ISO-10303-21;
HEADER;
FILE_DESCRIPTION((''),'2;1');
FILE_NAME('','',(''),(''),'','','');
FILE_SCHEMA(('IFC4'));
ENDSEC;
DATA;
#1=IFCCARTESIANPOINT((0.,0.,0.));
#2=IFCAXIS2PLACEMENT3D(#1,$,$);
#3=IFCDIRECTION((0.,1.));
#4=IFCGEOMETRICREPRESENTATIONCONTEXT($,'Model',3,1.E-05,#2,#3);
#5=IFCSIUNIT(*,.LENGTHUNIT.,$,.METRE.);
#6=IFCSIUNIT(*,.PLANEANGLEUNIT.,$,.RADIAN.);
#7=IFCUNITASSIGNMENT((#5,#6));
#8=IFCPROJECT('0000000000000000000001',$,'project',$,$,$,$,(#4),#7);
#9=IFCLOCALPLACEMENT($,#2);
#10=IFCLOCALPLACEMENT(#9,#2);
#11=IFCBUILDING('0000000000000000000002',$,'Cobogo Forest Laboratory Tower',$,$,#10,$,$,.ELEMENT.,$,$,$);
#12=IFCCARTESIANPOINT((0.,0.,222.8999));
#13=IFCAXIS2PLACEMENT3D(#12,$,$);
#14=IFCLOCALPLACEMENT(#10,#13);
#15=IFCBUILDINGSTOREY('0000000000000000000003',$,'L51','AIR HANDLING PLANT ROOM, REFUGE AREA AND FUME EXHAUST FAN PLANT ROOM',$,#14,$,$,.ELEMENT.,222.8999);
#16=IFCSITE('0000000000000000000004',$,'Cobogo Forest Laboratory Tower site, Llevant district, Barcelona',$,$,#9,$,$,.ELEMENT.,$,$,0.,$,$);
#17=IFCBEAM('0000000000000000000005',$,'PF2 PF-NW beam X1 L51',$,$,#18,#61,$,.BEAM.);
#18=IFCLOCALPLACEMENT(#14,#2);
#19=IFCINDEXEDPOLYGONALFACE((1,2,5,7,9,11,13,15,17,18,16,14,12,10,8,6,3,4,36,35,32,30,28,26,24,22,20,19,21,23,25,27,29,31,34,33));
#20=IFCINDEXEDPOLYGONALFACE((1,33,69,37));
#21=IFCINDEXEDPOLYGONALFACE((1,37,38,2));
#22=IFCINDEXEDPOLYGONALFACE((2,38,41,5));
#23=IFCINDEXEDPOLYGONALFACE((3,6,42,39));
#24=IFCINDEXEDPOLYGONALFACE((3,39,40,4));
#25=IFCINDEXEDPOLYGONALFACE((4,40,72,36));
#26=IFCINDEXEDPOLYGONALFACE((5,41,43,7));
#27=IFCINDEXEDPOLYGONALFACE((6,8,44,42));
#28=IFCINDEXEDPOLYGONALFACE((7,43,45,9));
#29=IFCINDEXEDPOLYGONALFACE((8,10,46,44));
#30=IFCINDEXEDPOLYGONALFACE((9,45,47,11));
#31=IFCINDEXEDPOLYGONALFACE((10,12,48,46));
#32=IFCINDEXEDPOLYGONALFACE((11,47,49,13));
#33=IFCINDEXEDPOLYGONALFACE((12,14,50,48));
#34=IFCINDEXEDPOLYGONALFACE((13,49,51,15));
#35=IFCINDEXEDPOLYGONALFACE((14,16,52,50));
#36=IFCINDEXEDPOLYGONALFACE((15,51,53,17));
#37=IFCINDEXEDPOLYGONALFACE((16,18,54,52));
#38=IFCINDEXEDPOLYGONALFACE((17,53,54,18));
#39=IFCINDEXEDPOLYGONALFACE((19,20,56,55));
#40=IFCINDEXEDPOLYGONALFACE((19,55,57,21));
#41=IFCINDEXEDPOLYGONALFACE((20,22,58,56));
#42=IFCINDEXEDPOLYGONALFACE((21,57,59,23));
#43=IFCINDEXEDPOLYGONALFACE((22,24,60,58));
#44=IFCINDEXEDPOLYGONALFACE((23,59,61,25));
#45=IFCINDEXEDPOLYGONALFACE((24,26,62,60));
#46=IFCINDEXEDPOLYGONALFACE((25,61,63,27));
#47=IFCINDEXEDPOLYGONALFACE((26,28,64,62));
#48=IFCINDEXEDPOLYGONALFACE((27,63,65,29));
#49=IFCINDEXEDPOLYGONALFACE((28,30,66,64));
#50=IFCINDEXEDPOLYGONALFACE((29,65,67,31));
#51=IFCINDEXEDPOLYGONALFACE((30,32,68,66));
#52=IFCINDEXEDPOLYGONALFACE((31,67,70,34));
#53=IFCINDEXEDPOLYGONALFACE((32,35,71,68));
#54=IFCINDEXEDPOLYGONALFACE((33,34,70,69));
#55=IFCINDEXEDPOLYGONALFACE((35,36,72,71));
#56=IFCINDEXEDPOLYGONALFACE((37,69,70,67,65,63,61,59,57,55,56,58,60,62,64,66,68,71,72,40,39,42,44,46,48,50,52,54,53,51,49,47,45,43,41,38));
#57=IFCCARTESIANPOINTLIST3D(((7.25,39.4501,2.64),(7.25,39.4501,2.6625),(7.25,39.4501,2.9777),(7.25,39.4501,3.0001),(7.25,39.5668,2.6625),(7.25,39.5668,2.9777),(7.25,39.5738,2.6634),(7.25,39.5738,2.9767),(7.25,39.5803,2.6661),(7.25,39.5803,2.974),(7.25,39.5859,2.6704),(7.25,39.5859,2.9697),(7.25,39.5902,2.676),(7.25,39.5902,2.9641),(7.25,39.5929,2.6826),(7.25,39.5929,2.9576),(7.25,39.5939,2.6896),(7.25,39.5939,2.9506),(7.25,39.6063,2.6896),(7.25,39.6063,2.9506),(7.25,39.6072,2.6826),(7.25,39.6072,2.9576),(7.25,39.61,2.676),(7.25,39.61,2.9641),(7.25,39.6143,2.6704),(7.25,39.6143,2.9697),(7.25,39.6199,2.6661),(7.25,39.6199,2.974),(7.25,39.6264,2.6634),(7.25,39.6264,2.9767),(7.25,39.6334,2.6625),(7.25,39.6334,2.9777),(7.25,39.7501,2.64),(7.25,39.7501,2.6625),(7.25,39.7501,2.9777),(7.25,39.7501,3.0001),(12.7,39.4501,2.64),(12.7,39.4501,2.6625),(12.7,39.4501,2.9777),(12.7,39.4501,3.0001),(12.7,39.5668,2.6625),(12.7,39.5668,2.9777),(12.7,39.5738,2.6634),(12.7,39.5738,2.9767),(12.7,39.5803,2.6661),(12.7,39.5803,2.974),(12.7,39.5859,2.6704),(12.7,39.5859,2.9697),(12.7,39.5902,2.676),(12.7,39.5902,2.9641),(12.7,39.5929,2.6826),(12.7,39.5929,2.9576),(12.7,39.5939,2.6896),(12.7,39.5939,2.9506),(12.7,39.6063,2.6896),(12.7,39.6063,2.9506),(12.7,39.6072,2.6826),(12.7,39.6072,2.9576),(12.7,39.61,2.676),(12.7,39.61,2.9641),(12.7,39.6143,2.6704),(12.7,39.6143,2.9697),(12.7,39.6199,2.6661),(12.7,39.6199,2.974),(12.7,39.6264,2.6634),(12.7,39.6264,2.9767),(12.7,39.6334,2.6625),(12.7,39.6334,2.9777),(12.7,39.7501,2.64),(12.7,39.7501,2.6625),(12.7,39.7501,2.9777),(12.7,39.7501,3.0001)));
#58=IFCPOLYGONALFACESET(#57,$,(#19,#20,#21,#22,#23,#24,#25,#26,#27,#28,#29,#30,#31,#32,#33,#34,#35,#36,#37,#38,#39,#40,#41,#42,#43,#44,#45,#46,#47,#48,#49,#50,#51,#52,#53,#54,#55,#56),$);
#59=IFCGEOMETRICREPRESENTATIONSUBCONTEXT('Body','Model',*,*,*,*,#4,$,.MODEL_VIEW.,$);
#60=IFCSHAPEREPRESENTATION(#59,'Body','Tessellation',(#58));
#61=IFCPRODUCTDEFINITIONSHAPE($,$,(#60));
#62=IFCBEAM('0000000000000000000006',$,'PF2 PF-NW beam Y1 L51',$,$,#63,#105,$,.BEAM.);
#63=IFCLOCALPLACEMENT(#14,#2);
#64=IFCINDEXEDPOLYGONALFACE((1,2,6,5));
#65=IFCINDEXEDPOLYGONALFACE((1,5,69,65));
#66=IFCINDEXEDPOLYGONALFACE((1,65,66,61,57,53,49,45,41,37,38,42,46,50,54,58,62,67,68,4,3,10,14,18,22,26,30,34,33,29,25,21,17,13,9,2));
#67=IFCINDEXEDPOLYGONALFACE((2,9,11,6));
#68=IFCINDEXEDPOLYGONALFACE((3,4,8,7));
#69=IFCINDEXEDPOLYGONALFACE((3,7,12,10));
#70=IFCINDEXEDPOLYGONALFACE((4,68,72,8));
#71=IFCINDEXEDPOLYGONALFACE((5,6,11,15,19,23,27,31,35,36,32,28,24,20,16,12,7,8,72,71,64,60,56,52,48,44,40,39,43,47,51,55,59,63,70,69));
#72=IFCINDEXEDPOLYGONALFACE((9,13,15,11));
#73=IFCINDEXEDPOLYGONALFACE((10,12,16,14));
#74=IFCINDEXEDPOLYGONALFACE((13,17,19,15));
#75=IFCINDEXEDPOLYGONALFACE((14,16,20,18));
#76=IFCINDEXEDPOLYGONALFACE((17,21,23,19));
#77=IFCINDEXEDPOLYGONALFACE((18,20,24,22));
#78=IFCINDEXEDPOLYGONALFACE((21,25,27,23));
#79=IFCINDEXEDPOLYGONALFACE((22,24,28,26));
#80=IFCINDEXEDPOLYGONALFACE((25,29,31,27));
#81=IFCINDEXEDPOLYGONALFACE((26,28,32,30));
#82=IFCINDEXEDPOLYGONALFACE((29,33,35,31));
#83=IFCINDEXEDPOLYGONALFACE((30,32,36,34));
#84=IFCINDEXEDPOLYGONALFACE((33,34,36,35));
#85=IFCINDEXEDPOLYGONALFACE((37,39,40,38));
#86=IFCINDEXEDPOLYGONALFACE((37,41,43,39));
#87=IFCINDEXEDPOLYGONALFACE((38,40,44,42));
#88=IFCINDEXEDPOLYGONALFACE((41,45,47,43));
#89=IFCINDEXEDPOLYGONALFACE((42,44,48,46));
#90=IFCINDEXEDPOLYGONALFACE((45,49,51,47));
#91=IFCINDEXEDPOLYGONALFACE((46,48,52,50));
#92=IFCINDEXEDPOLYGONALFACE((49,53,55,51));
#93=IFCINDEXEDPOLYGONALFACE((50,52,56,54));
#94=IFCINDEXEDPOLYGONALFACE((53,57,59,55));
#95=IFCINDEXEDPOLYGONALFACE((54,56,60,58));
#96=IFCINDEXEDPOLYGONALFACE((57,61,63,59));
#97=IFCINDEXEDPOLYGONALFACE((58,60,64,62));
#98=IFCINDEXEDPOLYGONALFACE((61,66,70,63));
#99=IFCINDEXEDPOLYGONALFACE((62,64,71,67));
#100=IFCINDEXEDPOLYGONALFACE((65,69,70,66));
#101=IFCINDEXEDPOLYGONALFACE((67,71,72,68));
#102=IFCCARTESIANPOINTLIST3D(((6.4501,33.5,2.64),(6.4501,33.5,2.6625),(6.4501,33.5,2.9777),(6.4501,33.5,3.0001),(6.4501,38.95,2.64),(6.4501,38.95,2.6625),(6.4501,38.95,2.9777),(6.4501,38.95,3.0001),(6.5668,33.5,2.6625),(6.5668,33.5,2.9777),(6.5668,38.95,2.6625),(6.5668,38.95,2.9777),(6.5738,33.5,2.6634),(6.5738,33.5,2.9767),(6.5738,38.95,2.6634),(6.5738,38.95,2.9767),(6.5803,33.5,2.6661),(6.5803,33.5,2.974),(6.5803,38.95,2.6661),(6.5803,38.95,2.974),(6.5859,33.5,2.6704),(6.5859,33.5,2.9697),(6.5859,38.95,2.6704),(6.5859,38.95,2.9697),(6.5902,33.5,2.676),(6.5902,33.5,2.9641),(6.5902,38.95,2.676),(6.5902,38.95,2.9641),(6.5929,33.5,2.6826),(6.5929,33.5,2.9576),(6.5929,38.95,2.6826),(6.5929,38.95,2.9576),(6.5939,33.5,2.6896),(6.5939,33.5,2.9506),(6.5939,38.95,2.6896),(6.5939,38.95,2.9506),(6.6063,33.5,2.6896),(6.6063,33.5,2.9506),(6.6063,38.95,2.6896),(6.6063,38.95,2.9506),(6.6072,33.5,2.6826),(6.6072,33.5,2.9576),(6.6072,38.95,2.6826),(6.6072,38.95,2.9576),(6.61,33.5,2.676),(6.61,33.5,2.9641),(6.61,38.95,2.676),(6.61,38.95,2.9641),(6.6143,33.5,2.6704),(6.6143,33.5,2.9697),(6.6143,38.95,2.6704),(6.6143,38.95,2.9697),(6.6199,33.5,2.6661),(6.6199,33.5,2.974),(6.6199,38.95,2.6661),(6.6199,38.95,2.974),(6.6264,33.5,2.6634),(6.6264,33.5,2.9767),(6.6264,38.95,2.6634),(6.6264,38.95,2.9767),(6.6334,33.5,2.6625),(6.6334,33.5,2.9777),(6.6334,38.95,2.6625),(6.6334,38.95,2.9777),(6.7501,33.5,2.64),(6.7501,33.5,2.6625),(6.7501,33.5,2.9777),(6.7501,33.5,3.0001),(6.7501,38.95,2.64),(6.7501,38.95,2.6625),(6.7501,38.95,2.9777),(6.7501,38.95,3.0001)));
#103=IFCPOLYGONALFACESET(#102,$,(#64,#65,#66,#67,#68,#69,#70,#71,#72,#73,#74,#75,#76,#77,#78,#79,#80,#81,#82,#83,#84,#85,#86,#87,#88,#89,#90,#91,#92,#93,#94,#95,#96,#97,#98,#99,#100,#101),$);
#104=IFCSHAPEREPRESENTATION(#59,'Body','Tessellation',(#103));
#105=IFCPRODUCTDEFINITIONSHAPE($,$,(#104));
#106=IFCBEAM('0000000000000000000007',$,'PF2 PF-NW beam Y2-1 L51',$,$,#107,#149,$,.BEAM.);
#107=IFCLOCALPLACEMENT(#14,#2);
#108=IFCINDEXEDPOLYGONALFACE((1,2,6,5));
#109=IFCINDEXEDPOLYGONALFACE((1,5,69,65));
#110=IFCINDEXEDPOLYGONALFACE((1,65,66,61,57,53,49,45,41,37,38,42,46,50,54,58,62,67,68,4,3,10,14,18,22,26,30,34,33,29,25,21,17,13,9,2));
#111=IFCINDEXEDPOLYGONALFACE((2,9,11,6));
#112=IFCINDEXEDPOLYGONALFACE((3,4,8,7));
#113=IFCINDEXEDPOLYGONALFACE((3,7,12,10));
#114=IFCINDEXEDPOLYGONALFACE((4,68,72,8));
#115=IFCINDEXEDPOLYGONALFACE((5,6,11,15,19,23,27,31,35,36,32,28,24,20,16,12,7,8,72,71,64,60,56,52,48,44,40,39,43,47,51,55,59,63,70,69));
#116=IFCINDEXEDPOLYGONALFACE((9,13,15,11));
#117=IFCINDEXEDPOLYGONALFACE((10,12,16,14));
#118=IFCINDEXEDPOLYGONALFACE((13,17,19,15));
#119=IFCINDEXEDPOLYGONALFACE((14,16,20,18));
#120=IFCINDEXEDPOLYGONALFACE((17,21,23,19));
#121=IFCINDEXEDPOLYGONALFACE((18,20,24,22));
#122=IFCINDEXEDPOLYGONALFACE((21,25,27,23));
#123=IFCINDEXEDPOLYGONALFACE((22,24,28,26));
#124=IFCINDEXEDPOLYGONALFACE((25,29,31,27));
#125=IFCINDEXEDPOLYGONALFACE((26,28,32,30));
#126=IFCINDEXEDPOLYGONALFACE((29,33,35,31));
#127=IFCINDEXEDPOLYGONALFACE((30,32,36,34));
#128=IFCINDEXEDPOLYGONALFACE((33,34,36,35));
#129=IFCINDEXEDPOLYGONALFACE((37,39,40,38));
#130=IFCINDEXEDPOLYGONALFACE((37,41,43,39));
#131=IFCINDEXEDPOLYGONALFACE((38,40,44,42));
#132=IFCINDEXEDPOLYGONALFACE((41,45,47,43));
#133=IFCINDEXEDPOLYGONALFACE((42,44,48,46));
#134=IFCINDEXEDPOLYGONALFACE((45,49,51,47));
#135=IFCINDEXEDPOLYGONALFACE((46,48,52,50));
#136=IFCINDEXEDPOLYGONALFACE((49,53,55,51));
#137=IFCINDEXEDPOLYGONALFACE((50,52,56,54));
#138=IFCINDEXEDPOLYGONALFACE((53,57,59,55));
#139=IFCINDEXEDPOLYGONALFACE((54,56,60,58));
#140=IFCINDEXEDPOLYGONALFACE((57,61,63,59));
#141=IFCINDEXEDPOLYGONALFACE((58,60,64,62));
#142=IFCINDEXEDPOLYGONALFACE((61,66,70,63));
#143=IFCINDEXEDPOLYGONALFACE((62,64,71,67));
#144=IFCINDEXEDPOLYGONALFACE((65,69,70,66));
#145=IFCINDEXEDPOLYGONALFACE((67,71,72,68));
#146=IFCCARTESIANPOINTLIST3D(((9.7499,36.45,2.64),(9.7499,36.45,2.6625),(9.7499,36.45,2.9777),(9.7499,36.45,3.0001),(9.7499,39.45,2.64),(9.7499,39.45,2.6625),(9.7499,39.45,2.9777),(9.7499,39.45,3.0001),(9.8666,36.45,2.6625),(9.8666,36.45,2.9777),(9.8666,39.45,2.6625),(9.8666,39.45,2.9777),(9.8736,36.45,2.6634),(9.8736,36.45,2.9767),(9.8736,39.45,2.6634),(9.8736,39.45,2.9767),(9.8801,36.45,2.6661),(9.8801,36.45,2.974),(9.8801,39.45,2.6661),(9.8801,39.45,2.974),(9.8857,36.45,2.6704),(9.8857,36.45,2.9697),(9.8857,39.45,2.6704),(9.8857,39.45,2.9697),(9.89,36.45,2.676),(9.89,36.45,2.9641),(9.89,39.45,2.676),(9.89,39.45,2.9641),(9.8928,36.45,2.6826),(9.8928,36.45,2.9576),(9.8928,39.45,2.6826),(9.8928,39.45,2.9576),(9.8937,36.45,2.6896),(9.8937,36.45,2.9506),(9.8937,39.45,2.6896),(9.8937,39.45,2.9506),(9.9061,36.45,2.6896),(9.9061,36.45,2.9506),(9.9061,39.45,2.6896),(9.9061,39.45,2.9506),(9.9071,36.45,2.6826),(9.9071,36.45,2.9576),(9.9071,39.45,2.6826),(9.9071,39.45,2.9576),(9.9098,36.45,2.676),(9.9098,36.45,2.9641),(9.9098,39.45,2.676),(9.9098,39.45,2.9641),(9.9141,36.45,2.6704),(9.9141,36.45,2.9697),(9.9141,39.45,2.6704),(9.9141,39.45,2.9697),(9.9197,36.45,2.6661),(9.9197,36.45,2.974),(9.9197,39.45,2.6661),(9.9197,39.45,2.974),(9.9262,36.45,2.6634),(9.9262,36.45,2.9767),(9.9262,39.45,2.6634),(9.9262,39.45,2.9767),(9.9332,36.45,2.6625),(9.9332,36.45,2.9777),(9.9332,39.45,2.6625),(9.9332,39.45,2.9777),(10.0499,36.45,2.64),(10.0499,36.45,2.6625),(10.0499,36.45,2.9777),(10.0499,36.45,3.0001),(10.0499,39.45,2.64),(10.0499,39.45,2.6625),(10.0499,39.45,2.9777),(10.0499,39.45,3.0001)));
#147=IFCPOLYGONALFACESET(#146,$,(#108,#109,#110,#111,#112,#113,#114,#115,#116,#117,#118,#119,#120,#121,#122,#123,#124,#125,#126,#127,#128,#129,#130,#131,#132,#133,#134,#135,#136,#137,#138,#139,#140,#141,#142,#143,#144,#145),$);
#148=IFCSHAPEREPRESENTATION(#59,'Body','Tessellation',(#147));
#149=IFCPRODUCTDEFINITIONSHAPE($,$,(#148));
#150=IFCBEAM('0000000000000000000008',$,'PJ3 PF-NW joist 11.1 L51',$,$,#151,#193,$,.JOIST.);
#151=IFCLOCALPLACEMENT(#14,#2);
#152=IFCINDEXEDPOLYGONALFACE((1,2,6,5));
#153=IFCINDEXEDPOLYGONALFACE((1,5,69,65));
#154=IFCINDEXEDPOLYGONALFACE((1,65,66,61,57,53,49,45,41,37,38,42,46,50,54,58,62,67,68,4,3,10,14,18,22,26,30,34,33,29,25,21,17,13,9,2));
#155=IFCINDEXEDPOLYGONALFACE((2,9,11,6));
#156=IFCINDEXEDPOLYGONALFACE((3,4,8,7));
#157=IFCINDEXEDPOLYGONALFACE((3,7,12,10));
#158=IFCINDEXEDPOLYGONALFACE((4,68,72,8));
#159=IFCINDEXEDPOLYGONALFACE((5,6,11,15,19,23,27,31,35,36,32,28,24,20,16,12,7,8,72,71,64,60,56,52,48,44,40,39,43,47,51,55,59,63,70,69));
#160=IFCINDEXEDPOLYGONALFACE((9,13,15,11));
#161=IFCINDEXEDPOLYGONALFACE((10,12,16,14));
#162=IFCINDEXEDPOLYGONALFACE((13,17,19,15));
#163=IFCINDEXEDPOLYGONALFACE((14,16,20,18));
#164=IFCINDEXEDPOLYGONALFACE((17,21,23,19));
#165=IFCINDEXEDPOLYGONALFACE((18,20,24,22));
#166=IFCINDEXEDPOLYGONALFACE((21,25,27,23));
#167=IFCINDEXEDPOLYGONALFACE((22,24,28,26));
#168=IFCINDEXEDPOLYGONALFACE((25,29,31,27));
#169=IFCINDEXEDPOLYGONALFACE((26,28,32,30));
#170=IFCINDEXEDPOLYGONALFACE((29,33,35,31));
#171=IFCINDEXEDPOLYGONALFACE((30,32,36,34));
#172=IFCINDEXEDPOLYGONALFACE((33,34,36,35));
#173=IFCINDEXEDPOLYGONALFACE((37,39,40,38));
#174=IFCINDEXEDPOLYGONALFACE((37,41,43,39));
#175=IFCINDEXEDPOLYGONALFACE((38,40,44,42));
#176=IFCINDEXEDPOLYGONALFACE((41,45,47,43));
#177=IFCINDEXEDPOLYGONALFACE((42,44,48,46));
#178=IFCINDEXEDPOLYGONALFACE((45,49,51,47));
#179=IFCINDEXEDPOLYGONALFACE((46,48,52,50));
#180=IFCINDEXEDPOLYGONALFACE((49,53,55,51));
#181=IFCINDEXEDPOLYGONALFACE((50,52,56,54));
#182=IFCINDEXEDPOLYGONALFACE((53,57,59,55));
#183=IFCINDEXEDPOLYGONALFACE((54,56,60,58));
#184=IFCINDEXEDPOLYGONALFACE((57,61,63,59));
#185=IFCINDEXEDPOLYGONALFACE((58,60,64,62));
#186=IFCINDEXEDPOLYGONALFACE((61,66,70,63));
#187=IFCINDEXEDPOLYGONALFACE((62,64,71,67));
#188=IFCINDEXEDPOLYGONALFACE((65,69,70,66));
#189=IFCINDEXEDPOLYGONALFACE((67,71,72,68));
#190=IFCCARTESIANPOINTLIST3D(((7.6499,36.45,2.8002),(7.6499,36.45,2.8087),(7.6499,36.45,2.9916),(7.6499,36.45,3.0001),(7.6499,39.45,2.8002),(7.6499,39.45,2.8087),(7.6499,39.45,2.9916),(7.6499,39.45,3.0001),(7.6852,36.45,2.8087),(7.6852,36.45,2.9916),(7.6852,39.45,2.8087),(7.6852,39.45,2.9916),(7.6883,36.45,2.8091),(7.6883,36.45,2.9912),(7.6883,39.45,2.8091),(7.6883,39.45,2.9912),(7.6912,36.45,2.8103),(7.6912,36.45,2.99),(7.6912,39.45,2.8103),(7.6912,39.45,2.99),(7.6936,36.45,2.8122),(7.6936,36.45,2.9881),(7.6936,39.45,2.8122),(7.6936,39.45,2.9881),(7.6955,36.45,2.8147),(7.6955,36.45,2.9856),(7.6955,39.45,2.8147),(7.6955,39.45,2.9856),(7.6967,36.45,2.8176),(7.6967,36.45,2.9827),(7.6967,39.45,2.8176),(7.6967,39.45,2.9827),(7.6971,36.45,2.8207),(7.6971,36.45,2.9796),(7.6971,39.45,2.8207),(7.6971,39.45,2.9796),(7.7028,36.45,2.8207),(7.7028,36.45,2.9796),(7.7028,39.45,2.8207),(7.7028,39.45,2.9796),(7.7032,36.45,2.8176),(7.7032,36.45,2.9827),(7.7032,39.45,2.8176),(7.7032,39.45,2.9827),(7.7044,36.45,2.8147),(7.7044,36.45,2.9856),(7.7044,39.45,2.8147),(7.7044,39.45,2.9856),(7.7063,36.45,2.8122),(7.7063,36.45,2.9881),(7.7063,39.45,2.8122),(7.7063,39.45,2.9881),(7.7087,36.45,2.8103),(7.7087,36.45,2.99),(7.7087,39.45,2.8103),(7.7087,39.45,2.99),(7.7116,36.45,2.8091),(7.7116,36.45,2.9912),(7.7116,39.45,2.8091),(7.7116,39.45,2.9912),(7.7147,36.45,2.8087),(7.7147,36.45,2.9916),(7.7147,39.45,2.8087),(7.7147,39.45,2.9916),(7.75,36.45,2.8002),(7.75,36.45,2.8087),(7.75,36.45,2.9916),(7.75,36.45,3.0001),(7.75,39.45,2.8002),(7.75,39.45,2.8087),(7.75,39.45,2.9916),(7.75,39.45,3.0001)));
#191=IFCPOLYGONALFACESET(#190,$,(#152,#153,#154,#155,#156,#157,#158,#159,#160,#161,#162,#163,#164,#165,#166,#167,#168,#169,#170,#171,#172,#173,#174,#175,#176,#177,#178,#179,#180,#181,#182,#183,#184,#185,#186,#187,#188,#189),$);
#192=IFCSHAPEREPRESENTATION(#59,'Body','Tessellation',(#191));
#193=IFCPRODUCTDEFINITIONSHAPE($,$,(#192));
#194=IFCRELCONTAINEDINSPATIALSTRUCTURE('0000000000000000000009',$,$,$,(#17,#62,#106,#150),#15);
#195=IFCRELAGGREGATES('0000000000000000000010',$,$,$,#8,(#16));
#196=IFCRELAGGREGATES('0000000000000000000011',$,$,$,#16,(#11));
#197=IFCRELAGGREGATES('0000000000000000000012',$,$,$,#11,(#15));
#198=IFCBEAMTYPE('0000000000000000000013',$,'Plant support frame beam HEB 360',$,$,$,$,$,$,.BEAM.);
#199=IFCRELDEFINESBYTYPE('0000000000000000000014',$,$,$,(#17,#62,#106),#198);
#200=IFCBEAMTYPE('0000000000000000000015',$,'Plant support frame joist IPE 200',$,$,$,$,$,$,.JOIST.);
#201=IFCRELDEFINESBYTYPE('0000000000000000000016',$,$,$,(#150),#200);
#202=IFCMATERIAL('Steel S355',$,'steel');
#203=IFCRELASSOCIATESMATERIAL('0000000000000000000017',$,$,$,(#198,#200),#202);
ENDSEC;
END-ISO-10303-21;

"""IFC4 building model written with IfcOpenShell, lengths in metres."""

from ifc_helpers import new_model, si_unit, direction, frame, origin, origin_2d, place, context, subcontext, project, spatial, i_section, extrude, material, material_profile, profile_set, type_object, element, save


model = new_model("IFC4")

# Units and contexts
model_context = context("Model", 3, precision=1e-05, world=origin(), true_north=direction((0.0, 1.0)))
body_context = subcontext(model_context, "Body", "Model", "MODEL_VIEW")
ifc_project = project(units=[si_unit("LENGTHUNIT", "METRE"), si_unit("PLANEANGLEUNIT", "RADIAN")], contexts=[model_context])

# Site, building, storey
site_placement = place(None, origin())
site = spatial("IfcSite", under=ifc_project, at=site_placement, Name="Cobogo Forest Laboratory Tower site, Llevant district, Barcelona", CompositionType="ELEMENT", RefElevation=0.0)
building_placement = place(site_placement, origin())
building = spatial("IfcBuilding", under=site, at=building_placement, Name="Cobogo Forest Laboratory Tower", CompositionType="ELEMENT")
storey_placement = place(building_placement, frame((0.0, 0.0, 222.8999)))
storey = spatial("IfcBuildingStorey", under=building, at=storey_placement, Name="L51", Description="AIR HANDLING PLANT ROOM, REFUGE AREA AND FUME EXHAUST FAN PLANT ROOM", CompositionType="ELEMENT", Elevation=222.8999)

# Shared definitions
ifc_material_1 = material(Name="Steel S355", Category="steel")

# Beams
ifc_material_profile_1 = material_profile(ifc_material_1, i_section(OverallWidth=0.3, OverallDepth=0.3601, WebThickness=0.0125, FlangeThickness=0.0225, FilletRadius=0.0271, at=origin_2d()), Name="HEB 360")
ifc_profile_set_1 = profile_set([ifc_material_profile_1], Name="Steel S355")
beam_type_1 = type_object("IfcBeamType", Name="Plant support frame beam HEB 360", PredefinedType="BEAM", material=ifc_profile_set_1)
for number, where, z_axis, x_axis, name in (
    (1, (7.25, 39.6001, 2.8201), (1.0, 0.0, 0.0), (0.0, 1.0, 0.0), "PF2 PF-NW beam X1 L51"),
    (2, (6.6001, 38.95, 2.8201), (0.0, -1.0, 0.0), (1.0, 0.0, 0.0), "PF2 PF-NW beam Y1 L51"),
):
    element("IfcBeam", number, at=place(storey_placement, frame(where, z_axis=z_axis, x_axis=x_axis)), inside=storey, type_object=beam_type_1, Name=name, PredefinedType="BEAM", context=body_context, shape_type="SweptSolid", body=[
        extrude(i_section(OverallWidth=0.3, OverallDepth=0.3601, WebThickness=0.0125, FlangeThickness=0.0225, FilletRadius=0.0271, at=origin_2d()), origin(), (0.0, 0.0, 1.0), 5.45),
    ])
beam_1_placement = place(storey_placement, frame((9.8999, 39.45, 2.8201), z_axis=(0.0, -1.0, 0.0), x_axis=(1.0, 0.0, 0.0)))
element("IfcBeam", 3, at=beam_1_placement, inside=storey, type_object=beam_type_1, Name="PF2 PF-NW beam Y2-1 L51", PredefinedType="BEAM", context=body_context, shape_type="SweptSolid", body=[
    extrude(i_section(OverallWidth=0.3, OverallDepth=0.3601, WebThickness=0.0125, FlangeThickness=0.0225, FilletRadius=0.0271, at=origin_2d()), origin(), (0.0, 0.0, 1.0), 3.0),
])
ifc_material_profile_2 = material_profile(ifc_material_1, i_section(OverallWidth=0.1001, OverallDepth=0.2, WebThickness=0.0056, FlangeThickness=0.0085, FilletRadius=0.012, at=origin_2d()), Name="IPE 200")
ifc_profile_set_2 = profile_set([ifc_material_profile_2], Name="Steel S355")
beam_type_2 = type_object("IfcBeamType", Name="Plant support frame joist IPE 200", PredefinedType="JOIST", material=ifc_profile_set_2)
for number, where, z_axis, x_axis, name in (
    (4, (7.7, 39.45, 2.9001), (0.0, -1.0, 0.0), (1.0, 0.0, 0.0), "PJ3 PF-NW joist 11.1 L51"),
):
    element("IfcBeam", number, at=place(storey_placement, frame(where, z_axis=z_axis, x_axis=x_axis)), inside=storey, type_object=beam_type_2, Name=name, PredefinedType="JOIST", context=body_context, shape_type="SweptSolid", body=[
        extrude(i_section(OverallWidth=0.1001, OverallDepth=0.2, WebThickness=0.0056, FlangeThickness=0.0085, FilletRadius=0.012, at=origin_2d()), origin(), (0.0, 0.0, 1.0), 3.0),
    ])

save(model, "model.ifc")
